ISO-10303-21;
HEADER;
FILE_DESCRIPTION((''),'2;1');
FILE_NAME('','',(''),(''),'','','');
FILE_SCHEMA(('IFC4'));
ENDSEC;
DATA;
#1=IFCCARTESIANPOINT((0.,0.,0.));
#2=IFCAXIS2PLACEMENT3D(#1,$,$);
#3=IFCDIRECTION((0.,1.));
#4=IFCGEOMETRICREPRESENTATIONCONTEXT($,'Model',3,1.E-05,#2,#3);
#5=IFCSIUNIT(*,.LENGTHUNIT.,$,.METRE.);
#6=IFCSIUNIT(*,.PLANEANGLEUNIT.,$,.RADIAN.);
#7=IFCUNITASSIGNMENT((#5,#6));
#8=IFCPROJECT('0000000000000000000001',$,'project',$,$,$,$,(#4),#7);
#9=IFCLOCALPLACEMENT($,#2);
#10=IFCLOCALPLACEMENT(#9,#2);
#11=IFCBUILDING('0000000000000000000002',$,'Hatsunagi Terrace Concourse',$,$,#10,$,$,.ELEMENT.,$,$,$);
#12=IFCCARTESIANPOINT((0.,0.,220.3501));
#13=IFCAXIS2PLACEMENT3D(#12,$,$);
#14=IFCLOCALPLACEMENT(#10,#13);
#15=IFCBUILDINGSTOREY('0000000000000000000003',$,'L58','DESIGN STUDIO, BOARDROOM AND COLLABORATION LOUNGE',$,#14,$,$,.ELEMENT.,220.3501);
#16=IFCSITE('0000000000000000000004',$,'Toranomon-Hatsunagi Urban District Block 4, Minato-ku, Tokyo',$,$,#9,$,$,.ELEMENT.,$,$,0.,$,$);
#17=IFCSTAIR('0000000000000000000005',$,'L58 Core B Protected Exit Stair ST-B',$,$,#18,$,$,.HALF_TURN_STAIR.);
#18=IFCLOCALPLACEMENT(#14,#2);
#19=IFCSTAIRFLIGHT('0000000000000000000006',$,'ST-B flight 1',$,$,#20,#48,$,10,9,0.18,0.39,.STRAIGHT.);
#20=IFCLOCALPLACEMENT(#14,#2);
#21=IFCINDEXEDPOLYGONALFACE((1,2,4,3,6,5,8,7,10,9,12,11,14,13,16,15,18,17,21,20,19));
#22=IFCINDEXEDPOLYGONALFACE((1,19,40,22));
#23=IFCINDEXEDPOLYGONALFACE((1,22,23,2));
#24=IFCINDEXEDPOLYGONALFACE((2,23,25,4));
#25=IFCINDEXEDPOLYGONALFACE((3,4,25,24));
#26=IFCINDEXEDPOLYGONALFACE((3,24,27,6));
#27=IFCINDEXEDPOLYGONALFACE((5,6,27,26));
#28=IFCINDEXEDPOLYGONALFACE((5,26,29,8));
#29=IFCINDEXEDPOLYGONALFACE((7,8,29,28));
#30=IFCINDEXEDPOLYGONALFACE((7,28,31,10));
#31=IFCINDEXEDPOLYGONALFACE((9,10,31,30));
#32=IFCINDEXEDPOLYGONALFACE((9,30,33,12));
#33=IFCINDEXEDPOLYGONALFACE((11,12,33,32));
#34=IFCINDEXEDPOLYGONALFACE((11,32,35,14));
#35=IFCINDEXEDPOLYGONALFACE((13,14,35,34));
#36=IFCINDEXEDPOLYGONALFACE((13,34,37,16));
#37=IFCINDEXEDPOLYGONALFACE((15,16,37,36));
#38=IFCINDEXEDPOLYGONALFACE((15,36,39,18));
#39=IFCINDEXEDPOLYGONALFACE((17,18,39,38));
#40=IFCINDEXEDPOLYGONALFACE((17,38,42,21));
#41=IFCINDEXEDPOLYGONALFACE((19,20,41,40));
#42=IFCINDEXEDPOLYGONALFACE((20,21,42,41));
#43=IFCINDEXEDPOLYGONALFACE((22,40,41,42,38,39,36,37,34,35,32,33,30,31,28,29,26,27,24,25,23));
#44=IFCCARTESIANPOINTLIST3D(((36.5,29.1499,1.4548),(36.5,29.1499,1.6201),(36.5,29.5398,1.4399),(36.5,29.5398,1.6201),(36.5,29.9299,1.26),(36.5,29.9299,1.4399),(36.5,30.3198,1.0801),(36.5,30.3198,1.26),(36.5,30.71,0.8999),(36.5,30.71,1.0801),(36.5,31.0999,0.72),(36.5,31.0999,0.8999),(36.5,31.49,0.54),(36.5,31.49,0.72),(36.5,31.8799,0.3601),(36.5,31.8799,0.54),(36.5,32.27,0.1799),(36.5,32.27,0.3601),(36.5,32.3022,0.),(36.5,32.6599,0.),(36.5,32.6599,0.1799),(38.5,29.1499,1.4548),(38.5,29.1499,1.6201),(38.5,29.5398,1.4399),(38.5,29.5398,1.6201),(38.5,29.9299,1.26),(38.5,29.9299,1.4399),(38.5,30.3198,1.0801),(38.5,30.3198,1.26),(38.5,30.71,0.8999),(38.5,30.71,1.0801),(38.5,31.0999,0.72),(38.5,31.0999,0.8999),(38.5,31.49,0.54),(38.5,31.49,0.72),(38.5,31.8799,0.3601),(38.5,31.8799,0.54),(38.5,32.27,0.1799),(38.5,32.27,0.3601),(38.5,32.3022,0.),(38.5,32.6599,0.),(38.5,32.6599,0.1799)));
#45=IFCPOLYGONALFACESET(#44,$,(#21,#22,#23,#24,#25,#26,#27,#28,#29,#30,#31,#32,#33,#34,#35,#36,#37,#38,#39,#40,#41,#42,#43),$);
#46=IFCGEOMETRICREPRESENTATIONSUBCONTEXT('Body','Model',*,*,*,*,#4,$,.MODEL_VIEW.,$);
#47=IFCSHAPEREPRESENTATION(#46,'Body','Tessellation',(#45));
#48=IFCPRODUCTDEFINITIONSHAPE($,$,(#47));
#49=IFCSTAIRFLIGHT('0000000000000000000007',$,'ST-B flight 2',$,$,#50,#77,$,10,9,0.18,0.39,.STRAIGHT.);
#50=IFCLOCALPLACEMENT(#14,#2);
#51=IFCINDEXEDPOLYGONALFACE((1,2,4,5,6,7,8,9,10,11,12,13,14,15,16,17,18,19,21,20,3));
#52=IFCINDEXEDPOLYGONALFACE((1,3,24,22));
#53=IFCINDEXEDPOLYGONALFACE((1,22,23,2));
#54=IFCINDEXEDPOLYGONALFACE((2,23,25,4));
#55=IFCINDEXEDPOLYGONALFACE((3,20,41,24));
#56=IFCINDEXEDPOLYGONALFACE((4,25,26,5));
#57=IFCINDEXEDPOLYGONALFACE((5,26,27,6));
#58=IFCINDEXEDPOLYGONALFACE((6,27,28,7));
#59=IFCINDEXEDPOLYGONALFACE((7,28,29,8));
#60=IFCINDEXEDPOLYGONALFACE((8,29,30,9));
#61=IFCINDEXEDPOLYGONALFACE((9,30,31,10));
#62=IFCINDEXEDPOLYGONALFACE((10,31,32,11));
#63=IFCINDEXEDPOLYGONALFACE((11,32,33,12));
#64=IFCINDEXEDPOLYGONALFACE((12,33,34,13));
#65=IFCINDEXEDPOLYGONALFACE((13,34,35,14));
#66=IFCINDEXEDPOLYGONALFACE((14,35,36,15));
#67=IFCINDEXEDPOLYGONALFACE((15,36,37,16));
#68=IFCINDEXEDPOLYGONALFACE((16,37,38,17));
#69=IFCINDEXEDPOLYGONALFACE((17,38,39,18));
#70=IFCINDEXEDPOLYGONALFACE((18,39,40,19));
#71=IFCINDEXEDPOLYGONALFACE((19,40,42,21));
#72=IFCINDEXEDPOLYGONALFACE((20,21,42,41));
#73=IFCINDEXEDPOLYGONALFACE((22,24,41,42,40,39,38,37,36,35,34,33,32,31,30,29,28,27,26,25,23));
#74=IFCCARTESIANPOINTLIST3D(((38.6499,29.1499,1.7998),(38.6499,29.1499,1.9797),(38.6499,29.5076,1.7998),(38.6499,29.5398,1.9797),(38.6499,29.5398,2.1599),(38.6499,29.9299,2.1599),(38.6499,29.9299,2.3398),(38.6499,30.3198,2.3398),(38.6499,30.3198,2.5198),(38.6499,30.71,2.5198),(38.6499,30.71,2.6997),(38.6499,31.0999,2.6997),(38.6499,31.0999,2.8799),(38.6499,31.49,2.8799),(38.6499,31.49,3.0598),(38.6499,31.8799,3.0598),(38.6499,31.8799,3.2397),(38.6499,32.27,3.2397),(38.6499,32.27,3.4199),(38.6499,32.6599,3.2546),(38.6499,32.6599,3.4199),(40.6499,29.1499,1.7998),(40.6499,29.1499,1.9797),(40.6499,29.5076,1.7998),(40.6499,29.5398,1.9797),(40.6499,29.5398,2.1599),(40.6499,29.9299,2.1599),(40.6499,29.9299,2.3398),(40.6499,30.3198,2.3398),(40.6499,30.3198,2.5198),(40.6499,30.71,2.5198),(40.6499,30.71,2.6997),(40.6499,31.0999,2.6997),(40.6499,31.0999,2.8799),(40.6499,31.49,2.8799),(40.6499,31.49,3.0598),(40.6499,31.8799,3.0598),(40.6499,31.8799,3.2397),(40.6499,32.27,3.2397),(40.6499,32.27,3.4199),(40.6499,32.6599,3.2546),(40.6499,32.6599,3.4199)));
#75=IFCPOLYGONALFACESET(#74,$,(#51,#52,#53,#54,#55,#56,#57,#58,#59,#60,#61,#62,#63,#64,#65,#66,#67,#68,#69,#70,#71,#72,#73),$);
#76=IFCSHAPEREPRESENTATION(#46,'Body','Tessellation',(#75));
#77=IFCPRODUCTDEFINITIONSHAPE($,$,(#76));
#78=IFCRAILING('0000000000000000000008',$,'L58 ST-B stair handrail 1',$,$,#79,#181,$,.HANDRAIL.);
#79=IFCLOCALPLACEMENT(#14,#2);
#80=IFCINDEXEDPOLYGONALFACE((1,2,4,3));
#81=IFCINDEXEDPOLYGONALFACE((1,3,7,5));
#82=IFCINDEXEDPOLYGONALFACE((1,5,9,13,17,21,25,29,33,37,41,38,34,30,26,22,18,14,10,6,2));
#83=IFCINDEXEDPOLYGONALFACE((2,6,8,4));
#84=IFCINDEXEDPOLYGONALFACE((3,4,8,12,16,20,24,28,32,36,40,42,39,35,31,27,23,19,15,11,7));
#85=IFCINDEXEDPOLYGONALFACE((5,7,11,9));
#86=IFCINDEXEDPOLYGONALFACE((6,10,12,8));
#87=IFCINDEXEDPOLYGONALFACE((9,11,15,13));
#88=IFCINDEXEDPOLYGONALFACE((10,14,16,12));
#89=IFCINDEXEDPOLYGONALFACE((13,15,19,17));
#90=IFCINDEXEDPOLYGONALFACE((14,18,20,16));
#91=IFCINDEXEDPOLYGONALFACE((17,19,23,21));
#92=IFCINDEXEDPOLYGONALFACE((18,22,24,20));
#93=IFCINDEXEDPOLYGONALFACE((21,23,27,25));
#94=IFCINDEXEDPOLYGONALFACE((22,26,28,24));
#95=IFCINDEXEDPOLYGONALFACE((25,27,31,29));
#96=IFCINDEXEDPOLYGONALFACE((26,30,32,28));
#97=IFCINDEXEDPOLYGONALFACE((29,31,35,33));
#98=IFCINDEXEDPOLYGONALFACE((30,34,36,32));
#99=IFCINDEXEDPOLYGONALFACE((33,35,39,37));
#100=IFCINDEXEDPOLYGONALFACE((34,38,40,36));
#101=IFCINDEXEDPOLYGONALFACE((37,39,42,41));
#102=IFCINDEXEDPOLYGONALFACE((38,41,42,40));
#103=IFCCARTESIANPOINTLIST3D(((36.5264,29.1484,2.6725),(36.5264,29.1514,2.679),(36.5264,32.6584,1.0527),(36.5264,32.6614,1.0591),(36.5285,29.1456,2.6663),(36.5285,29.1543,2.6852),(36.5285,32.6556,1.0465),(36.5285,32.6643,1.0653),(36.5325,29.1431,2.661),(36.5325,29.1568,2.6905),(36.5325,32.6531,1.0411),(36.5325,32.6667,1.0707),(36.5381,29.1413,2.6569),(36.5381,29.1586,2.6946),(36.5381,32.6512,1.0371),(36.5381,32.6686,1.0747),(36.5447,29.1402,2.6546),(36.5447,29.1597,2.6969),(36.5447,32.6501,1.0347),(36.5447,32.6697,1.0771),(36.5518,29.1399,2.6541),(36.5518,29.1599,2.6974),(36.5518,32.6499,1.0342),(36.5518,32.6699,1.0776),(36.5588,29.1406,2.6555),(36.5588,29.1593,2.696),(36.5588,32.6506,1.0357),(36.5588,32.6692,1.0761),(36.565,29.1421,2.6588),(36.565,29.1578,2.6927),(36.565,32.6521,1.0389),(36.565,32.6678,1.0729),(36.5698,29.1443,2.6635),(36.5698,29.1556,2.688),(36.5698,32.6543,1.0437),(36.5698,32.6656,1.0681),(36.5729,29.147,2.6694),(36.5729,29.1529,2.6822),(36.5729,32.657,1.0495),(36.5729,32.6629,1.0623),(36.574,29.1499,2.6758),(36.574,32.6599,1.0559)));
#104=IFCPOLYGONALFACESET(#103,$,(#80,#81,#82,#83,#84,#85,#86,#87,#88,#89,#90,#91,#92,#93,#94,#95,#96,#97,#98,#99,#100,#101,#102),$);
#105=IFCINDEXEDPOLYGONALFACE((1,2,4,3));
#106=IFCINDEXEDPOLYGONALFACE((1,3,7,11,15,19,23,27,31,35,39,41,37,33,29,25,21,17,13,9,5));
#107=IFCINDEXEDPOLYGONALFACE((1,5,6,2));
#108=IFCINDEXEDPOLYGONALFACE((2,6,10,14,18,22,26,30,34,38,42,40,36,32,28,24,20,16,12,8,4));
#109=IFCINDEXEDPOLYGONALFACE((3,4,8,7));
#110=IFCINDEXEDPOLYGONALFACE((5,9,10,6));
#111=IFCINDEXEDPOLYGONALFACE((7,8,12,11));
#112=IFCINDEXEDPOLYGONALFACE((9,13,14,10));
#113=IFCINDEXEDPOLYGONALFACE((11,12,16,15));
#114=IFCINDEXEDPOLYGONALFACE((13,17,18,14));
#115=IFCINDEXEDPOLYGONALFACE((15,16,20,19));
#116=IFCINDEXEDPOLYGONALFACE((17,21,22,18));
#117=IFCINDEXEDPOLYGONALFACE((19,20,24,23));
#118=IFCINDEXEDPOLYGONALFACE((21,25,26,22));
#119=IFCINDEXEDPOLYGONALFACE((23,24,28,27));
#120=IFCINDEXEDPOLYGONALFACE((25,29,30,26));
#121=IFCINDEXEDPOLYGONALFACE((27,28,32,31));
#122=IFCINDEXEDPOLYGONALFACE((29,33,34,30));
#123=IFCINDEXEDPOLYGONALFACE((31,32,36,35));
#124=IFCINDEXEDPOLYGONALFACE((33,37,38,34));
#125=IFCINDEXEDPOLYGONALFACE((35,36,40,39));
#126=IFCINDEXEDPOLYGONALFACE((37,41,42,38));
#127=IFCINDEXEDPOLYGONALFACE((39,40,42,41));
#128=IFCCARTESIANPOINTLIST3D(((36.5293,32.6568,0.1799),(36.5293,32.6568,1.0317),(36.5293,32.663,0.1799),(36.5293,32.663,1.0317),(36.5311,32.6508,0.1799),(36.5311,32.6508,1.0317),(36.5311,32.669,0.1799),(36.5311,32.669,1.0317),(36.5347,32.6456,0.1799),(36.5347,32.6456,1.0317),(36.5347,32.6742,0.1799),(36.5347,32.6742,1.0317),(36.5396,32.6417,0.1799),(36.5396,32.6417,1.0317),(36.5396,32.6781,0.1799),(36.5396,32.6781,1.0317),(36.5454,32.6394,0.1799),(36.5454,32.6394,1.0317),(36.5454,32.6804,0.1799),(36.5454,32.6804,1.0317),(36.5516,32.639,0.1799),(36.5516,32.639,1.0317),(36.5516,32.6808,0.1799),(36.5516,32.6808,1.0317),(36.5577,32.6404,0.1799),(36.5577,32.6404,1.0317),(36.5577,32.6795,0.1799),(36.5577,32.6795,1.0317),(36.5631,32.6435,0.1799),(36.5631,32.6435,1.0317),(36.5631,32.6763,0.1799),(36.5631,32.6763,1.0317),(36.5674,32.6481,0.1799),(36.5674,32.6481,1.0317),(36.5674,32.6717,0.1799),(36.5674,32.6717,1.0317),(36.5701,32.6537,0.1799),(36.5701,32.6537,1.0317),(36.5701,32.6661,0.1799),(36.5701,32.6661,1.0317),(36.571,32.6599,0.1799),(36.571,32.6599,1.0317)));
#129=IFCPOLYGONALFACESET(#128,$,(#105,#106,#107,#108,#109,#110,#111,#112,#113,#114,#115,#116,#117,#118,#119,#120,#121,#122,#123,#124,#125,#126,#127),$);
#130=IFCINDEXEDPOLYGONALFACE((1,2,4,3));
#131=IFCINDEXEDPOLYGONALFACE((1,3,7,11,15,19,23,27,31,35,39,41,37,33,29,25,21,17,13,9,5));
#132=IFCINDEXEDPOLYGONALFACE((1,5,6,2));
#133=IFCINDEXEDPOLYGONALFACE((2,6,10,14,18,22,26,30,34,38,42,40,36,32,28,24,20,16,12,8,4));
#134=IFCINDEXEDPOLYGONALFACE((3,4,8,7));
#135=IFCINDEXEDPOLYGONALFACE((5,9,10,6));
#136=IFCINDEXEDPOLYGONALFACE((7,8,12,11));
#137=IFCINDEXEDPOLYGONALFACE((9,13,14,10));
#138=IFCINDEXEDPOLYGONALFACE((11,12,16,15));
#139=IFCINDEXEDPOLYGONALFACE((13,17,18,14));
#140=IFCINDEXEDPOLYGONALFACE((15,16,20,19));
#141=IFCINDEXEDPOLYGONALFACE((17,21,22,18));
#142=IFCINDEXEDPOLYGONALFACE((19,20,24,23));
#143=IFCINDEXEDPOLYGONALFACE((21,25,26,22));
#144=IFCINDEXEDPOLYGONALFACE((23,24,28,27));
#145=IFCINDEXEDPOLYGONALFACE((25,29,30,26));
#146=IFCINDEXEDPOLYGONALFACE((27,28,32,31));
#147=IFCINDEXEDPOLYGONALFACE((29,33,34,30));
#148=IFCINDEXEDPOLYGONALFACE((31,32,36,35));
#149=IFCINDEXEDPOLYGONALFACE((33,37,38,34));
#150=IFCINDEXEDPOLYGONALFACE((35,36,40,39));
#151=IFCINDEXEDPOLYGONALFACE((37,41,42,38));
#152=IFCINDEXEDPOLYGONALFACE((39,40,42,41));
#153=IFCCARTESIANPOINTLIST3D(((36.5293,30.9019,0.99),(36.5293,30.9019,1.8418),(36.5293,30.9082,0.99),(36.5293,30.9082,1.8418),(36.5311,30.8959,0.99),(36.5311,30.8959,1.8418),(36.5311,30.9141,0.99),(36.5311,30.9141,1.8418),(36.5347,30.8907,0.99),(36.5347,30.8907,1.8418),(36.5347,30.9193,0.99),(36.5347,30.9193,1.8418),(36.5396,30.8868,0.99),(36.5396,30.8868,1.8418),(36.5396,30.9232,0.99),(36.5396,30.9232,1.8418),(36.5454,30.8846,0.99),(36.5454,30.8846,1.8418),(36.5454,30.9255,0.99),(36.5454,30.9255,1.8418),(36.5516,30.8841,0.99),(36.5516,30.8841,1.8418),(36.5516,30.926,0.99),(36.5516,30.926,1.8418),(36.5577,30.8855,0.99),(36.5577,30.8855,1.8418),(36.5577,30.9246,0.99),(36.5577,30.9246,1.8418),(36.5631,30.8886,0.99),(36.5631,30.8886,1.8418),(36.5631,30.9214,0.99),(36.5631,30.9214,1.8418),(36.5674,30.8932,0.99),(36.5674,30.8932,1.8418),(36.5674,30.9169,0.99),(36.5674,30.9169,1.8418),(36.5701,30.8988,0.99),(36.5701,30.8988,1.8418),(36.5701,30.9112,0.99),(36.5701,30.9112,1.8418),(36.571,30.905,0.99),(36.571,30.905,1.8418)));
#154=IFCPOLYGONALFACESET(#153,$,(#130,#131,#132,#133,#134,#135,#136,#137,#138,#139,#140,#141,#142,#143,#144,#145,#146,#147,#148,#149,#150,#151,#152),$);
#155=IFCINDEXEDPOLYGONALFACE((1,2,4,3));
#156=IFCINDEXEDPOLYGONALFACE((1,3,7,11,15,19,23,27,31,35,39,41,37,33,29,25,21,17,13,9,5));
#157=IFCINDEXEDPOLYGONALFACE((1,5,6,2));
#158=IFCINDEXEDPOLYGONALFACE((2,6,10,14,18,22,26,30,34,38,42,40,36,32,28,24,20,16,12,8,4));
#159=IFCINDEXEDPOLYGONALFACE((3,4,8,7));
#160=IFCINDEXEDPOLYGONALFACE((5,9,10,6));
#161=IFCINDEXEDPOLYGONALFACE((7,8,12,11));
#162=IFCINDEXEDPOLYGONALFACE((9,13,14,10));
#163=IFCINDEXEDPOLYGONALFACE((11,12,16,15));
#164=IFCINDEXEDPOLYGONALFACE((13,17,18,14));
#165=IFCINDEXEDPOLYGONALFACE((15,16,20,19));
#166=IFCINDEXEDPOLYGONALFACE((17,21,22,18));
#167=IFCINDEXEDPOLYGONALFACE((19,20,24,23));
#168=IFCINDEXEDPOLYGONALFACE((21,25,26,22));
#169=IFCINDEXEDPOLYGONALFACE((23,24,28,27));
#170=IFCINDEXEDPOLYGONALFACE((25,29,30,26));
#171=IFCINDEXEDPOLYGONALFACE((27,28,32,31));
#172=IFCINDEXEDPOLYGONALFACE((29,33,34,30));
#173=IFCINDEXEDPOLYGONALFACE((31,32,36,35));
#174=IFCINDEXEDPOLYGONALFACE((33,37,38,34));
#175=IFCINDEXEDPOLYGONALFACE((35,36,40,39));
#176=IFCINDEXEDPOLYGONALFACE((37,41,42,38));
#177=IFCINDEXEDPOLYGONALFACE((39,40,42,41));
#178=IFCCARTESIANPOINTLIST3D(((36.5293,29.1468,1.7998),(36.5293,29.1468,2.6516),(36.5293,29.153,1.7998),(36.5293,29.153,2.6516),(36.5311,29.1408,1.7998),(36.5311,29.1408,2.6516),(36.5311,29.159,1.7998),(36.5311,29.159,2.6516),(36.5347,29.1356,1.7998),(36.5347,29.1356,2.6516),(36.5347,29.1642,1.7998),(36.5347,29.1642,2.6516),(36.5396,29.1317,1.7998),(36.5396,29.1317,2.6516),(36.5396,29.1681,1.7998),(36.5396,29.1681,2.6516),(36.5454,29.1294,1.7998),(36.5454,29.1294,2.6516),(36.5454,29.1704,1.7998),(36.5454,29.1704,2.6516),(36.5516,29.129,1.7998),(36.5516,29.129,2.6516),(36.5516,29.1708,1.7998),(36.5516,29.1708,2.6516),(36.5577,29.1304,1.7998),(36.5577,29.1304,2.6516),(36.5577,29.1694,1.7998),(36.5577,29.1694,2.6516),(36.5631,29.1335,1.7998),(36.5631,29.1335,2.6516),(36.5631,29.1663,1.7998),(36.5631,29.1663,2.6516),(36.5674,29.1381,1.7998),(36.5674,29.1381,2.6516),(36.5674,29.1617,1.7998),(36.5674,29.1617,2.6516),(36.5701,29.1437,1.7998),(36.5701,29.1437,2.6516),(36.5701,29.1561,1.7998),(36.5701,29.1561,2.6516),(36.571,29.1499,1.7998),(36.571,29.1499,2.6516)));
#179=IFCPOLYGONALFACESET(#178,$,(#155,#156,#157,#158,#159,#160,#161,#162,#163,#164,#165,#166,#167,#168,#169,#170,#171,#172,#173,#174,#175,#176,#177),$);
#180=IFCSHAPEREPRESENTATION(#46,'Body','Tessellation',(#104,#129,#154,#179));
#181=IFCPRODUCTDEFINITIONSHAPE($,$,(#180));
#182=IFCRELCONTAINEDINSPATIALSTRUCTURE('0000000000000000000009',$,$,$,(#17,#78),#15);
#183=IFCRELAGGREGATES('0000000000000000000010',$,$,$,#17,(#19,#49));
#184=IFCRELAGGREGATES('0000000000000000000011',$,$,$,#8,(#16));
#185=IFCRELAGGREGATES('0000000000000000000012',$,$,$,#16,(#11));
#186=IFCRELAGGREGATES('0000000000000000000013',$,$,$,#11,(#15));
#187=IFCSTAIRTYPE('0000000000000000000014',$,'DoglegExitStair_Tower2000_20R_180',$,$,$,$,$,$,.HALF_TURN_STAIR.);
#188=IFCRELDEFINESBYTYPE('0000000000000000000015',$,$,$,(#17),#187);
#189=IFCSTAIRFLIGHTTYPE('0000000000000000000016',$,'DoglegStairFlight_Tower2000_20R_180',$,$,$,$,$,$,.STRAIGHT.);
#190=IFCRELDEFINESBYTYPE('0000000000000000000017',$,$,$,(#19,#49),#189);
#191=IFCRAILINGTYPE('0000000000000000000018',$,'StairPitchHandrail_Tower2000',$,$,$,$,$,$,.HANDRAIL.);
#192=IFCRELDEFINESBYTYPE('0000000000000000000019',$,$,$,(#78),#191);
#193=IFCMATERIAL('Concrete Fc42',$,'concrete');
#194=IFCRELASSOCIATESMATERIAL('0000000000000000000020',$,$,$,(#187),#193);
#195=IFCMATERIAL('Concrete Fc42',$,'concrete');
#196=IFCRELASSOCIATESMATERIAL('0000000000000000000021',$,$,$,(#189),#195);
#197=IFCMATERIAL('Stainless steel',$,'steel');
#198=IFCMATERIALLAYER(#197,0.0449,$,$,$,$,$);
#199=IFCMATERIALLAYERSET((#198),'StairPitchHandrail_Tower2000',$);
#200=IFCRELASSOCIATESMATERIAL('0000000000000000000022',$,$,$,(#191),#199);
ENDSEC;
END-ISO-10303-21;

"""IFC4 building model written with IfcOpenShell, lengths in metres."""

from ifc_helpers import new_model, si_unit, direction, frame, origin, origin_2d, place, context, subcontext, project, spatial, polyline, circle, outline, extrude, material, layer, layer_set, type_object, element, aggregate, save


model = new_model("IFC4")

# Units and contexts
model_context = context("Model", 3, precision=1e-05, world=origin(), true_north=direction((0.0, 1.0)))
body_context = subcontext(model_context, "Body", "Model", "MODEL_VIEW")
ifc_project = project(units=[si_unit("LENGTHUNIT", "METRE"), si_unit("PLANEANGLEUNIT", "RADIAN")], contexts=[model_context])

# Site, building, storey
site_placement = place(None, origin())
site = spatial("IfcSite", under=ifc_project, at=site_placement, Name="Toranomon-Hatsunagi Urban District Block 4, Minato-ku, Tokyo", CompositionType="ELEMENT", RefElevation=0.0)
building_placement = place(site_placement, origin())
building = spatial("IfcBuilding", under=site, at=building_placement, Name="Hatsunagi Terrace Concourse", CompositionType="ELEMENT")
storey_placement = place(building_placement, frame((0.0, 0.0, 220.3501)))
storey = spatial("IfcBuildingStorey", under=building, at=storey_placement, Name="L58", Description="DESIGN STUDIO, BOARDROOM AND COLLABORATION LOUNGE", CompositionType="ELEMENT", Elevation=220.3501)

# Stair, stair flights
ifc_material_1 = material(Name="Concrete Fc42", Category="concrete")
stair_type = type_object("IfcStairType", Name="DoglegExitStair_Tower2000_20R_180", PredefinedType="HALF_TURN_STAIR", material=ifc_material_1)
stair_placement = place(storey_placement, origin())
stair = element("IfcStair", 1, at=stair_placement, inside=storey, type_object=stair_type, Name="L58 Core B Protected Exit Stair ST-B", PredefinedType="HALF_TURN_STAIR")
ifc_material_2 = material(Name="Concrete Fc42", Category="concrete")
stair_flight_type = type_object("IfcStairFlightType", Name="DoglegStairFlight_Tower2000_20R_180", PredefinedType="STRAIGHT", material=ifc_material_2)
stair_flight_1_placement = place(storey_placement, frame((37.5, 32.6599, 0.0), z_axis=(0.0, 0.0, 1.0), x_axis=(0.0, -1.0, 0.0)))
stair_flight_1 = element("IfcStairFlight", 2, at=stair_flight_1_placement, type_object=stair_flight_type, Name="ST-B flight 1", NumberOfRisers=10, NumberOfTreads=9, PredefinedType="STRAIGHT", RiserHeight=0.18, TreadLength=0.39, context=body_context, shape_type="SweptSolid", body=[
    extrude(outline(polyline([(0.0, 0.0), (0.0, 0.1799), (0.3899, 0.1799), (0.3899, 0.3601), (0.78, 0.3601), (0.78, 0.54), (1.1699, 0.54), (1.1699, 0.72), (1.5601, 0.72), (1.5601, 0.8999), (1.95, 0.8999), (1.95, 1.0801), (2.3401, 1.0801), (2.3401, 1.26), (2.73, 1.26), (2.73, 1.4399), (3.1201, 1.4399), (3.1201, 1.6201), (3.51, 1.6201), (3.51, 1.8), (3.51, 1.4548), (0.3577, 0.0), (0.0, 0.0)])), frame((0.0, 1.0, 0.0), z_axis=(0.0, -1.0, 0.0), x_axis=(1.0, 0.0, 0.0)), (0.0, 0.0, 1.0), 2.0),
])
stair_flight_2_placement = place(storey_placement, frame((39.6499, 29.1499, 1.7998), z_axis=(0.0, 0.0, 1.0), x_axis=(0.0, 1.0, 0.0)))
stair_flight_2 = element("IfcStairFlight", 3, at=stair_flight_2_placement, type_object=stair_flight_type, Name="ST-B flight 2", NumberOfRisers=10, NumberOfTreads=9, PredefinedType="STRAIGHT", RiserHeight=0.18, TreadLength=0.39, context=body_context, shape_type="SweptSolid", body=[
    extrude(outline(polyline([(0.0, 0.0), (0.0, 0.1799), (0.3899, 0.1799), (0.3899, 0.3601), (0.78, 0.3601), (0.78, 0.54), (1.1699, 0.54), (1.1699, 0.72), (1.5601, 0.72), (1.5601, 0.8999), (1.95, 0.8999), (1.95, 1.0801), (2.3401, 1.0801), (2.3401, 1.26), (2.73, 1.26), (2.73, 1.4399), (3.1201, 1.4399), (3.1201, 1.6201), (3.51, 1.6201), (3.51, 1.8), (3.51, 1.4548), (0.3577, 0.0), (0.0, 0.0)])), frame((0.0, 1.0, 0.0), z_axis=(0.0, -1.0, 0.0), x_axis=(1.0, 0.0, 0.0)), (0.0, 0.0, 1.0), 2.0),
])
aggregate(stair, [stair_flight_1, stair_flight_2])

# Railing
ifc_material_3 = material(Name="Stainless steel", Category="steel")
ifc_layer_1 = layer(ifc_material_3, 0.0449)
ifc_layer_set_1 = layer_set([ifc_layer_1], Name="StairPitchHandrail_Tower2000")
railing_type_1 = type_object("IfcRailingType", Name="StairPitchHandrail_Tower2000", PredefinedType="HANDRAIL", material=ifc_layer_set_1)
railing_1_placement = place(storey_placement, frame((36.55, 32.6599, 0.1799)))
element("IfcRailing", 4, at=railing_1_placement, inside=storey, type_object=railing_type_1, Name="L58 ST-B stair handrail 1", PredefinedType="HANDRAIL", context=body_context, shape_type="SweptSolid", body=[
    extrude(circle(Radius=0.0239, at=origin_2d()), frame((0.0, 0.0, 0.876), z_axis=(0.0, -0.907972, 0.41903), x_axis=(1.0, 0.0, 0.0)), (0.0, 0.0, 1.0), 3.8657),
    extrude(circle(Radius=0.021, at=origin_2d()), origin(), (0.0, 0.0, 1.0), 0.8518),
    extrude(circle(Radius=0.021, at=origin_2d()), frame((0.0, -1.7549, 0.8101)), (0.0, 0.0, 1.0), 0.8518),
    extrude(circle(Radius=0.021, at=origin_2d()), frame((0.0, -3.51, 1.6199)), (0.0, 0.0, 1.0), 0.8518),
])

save(model, "model.ifc")
